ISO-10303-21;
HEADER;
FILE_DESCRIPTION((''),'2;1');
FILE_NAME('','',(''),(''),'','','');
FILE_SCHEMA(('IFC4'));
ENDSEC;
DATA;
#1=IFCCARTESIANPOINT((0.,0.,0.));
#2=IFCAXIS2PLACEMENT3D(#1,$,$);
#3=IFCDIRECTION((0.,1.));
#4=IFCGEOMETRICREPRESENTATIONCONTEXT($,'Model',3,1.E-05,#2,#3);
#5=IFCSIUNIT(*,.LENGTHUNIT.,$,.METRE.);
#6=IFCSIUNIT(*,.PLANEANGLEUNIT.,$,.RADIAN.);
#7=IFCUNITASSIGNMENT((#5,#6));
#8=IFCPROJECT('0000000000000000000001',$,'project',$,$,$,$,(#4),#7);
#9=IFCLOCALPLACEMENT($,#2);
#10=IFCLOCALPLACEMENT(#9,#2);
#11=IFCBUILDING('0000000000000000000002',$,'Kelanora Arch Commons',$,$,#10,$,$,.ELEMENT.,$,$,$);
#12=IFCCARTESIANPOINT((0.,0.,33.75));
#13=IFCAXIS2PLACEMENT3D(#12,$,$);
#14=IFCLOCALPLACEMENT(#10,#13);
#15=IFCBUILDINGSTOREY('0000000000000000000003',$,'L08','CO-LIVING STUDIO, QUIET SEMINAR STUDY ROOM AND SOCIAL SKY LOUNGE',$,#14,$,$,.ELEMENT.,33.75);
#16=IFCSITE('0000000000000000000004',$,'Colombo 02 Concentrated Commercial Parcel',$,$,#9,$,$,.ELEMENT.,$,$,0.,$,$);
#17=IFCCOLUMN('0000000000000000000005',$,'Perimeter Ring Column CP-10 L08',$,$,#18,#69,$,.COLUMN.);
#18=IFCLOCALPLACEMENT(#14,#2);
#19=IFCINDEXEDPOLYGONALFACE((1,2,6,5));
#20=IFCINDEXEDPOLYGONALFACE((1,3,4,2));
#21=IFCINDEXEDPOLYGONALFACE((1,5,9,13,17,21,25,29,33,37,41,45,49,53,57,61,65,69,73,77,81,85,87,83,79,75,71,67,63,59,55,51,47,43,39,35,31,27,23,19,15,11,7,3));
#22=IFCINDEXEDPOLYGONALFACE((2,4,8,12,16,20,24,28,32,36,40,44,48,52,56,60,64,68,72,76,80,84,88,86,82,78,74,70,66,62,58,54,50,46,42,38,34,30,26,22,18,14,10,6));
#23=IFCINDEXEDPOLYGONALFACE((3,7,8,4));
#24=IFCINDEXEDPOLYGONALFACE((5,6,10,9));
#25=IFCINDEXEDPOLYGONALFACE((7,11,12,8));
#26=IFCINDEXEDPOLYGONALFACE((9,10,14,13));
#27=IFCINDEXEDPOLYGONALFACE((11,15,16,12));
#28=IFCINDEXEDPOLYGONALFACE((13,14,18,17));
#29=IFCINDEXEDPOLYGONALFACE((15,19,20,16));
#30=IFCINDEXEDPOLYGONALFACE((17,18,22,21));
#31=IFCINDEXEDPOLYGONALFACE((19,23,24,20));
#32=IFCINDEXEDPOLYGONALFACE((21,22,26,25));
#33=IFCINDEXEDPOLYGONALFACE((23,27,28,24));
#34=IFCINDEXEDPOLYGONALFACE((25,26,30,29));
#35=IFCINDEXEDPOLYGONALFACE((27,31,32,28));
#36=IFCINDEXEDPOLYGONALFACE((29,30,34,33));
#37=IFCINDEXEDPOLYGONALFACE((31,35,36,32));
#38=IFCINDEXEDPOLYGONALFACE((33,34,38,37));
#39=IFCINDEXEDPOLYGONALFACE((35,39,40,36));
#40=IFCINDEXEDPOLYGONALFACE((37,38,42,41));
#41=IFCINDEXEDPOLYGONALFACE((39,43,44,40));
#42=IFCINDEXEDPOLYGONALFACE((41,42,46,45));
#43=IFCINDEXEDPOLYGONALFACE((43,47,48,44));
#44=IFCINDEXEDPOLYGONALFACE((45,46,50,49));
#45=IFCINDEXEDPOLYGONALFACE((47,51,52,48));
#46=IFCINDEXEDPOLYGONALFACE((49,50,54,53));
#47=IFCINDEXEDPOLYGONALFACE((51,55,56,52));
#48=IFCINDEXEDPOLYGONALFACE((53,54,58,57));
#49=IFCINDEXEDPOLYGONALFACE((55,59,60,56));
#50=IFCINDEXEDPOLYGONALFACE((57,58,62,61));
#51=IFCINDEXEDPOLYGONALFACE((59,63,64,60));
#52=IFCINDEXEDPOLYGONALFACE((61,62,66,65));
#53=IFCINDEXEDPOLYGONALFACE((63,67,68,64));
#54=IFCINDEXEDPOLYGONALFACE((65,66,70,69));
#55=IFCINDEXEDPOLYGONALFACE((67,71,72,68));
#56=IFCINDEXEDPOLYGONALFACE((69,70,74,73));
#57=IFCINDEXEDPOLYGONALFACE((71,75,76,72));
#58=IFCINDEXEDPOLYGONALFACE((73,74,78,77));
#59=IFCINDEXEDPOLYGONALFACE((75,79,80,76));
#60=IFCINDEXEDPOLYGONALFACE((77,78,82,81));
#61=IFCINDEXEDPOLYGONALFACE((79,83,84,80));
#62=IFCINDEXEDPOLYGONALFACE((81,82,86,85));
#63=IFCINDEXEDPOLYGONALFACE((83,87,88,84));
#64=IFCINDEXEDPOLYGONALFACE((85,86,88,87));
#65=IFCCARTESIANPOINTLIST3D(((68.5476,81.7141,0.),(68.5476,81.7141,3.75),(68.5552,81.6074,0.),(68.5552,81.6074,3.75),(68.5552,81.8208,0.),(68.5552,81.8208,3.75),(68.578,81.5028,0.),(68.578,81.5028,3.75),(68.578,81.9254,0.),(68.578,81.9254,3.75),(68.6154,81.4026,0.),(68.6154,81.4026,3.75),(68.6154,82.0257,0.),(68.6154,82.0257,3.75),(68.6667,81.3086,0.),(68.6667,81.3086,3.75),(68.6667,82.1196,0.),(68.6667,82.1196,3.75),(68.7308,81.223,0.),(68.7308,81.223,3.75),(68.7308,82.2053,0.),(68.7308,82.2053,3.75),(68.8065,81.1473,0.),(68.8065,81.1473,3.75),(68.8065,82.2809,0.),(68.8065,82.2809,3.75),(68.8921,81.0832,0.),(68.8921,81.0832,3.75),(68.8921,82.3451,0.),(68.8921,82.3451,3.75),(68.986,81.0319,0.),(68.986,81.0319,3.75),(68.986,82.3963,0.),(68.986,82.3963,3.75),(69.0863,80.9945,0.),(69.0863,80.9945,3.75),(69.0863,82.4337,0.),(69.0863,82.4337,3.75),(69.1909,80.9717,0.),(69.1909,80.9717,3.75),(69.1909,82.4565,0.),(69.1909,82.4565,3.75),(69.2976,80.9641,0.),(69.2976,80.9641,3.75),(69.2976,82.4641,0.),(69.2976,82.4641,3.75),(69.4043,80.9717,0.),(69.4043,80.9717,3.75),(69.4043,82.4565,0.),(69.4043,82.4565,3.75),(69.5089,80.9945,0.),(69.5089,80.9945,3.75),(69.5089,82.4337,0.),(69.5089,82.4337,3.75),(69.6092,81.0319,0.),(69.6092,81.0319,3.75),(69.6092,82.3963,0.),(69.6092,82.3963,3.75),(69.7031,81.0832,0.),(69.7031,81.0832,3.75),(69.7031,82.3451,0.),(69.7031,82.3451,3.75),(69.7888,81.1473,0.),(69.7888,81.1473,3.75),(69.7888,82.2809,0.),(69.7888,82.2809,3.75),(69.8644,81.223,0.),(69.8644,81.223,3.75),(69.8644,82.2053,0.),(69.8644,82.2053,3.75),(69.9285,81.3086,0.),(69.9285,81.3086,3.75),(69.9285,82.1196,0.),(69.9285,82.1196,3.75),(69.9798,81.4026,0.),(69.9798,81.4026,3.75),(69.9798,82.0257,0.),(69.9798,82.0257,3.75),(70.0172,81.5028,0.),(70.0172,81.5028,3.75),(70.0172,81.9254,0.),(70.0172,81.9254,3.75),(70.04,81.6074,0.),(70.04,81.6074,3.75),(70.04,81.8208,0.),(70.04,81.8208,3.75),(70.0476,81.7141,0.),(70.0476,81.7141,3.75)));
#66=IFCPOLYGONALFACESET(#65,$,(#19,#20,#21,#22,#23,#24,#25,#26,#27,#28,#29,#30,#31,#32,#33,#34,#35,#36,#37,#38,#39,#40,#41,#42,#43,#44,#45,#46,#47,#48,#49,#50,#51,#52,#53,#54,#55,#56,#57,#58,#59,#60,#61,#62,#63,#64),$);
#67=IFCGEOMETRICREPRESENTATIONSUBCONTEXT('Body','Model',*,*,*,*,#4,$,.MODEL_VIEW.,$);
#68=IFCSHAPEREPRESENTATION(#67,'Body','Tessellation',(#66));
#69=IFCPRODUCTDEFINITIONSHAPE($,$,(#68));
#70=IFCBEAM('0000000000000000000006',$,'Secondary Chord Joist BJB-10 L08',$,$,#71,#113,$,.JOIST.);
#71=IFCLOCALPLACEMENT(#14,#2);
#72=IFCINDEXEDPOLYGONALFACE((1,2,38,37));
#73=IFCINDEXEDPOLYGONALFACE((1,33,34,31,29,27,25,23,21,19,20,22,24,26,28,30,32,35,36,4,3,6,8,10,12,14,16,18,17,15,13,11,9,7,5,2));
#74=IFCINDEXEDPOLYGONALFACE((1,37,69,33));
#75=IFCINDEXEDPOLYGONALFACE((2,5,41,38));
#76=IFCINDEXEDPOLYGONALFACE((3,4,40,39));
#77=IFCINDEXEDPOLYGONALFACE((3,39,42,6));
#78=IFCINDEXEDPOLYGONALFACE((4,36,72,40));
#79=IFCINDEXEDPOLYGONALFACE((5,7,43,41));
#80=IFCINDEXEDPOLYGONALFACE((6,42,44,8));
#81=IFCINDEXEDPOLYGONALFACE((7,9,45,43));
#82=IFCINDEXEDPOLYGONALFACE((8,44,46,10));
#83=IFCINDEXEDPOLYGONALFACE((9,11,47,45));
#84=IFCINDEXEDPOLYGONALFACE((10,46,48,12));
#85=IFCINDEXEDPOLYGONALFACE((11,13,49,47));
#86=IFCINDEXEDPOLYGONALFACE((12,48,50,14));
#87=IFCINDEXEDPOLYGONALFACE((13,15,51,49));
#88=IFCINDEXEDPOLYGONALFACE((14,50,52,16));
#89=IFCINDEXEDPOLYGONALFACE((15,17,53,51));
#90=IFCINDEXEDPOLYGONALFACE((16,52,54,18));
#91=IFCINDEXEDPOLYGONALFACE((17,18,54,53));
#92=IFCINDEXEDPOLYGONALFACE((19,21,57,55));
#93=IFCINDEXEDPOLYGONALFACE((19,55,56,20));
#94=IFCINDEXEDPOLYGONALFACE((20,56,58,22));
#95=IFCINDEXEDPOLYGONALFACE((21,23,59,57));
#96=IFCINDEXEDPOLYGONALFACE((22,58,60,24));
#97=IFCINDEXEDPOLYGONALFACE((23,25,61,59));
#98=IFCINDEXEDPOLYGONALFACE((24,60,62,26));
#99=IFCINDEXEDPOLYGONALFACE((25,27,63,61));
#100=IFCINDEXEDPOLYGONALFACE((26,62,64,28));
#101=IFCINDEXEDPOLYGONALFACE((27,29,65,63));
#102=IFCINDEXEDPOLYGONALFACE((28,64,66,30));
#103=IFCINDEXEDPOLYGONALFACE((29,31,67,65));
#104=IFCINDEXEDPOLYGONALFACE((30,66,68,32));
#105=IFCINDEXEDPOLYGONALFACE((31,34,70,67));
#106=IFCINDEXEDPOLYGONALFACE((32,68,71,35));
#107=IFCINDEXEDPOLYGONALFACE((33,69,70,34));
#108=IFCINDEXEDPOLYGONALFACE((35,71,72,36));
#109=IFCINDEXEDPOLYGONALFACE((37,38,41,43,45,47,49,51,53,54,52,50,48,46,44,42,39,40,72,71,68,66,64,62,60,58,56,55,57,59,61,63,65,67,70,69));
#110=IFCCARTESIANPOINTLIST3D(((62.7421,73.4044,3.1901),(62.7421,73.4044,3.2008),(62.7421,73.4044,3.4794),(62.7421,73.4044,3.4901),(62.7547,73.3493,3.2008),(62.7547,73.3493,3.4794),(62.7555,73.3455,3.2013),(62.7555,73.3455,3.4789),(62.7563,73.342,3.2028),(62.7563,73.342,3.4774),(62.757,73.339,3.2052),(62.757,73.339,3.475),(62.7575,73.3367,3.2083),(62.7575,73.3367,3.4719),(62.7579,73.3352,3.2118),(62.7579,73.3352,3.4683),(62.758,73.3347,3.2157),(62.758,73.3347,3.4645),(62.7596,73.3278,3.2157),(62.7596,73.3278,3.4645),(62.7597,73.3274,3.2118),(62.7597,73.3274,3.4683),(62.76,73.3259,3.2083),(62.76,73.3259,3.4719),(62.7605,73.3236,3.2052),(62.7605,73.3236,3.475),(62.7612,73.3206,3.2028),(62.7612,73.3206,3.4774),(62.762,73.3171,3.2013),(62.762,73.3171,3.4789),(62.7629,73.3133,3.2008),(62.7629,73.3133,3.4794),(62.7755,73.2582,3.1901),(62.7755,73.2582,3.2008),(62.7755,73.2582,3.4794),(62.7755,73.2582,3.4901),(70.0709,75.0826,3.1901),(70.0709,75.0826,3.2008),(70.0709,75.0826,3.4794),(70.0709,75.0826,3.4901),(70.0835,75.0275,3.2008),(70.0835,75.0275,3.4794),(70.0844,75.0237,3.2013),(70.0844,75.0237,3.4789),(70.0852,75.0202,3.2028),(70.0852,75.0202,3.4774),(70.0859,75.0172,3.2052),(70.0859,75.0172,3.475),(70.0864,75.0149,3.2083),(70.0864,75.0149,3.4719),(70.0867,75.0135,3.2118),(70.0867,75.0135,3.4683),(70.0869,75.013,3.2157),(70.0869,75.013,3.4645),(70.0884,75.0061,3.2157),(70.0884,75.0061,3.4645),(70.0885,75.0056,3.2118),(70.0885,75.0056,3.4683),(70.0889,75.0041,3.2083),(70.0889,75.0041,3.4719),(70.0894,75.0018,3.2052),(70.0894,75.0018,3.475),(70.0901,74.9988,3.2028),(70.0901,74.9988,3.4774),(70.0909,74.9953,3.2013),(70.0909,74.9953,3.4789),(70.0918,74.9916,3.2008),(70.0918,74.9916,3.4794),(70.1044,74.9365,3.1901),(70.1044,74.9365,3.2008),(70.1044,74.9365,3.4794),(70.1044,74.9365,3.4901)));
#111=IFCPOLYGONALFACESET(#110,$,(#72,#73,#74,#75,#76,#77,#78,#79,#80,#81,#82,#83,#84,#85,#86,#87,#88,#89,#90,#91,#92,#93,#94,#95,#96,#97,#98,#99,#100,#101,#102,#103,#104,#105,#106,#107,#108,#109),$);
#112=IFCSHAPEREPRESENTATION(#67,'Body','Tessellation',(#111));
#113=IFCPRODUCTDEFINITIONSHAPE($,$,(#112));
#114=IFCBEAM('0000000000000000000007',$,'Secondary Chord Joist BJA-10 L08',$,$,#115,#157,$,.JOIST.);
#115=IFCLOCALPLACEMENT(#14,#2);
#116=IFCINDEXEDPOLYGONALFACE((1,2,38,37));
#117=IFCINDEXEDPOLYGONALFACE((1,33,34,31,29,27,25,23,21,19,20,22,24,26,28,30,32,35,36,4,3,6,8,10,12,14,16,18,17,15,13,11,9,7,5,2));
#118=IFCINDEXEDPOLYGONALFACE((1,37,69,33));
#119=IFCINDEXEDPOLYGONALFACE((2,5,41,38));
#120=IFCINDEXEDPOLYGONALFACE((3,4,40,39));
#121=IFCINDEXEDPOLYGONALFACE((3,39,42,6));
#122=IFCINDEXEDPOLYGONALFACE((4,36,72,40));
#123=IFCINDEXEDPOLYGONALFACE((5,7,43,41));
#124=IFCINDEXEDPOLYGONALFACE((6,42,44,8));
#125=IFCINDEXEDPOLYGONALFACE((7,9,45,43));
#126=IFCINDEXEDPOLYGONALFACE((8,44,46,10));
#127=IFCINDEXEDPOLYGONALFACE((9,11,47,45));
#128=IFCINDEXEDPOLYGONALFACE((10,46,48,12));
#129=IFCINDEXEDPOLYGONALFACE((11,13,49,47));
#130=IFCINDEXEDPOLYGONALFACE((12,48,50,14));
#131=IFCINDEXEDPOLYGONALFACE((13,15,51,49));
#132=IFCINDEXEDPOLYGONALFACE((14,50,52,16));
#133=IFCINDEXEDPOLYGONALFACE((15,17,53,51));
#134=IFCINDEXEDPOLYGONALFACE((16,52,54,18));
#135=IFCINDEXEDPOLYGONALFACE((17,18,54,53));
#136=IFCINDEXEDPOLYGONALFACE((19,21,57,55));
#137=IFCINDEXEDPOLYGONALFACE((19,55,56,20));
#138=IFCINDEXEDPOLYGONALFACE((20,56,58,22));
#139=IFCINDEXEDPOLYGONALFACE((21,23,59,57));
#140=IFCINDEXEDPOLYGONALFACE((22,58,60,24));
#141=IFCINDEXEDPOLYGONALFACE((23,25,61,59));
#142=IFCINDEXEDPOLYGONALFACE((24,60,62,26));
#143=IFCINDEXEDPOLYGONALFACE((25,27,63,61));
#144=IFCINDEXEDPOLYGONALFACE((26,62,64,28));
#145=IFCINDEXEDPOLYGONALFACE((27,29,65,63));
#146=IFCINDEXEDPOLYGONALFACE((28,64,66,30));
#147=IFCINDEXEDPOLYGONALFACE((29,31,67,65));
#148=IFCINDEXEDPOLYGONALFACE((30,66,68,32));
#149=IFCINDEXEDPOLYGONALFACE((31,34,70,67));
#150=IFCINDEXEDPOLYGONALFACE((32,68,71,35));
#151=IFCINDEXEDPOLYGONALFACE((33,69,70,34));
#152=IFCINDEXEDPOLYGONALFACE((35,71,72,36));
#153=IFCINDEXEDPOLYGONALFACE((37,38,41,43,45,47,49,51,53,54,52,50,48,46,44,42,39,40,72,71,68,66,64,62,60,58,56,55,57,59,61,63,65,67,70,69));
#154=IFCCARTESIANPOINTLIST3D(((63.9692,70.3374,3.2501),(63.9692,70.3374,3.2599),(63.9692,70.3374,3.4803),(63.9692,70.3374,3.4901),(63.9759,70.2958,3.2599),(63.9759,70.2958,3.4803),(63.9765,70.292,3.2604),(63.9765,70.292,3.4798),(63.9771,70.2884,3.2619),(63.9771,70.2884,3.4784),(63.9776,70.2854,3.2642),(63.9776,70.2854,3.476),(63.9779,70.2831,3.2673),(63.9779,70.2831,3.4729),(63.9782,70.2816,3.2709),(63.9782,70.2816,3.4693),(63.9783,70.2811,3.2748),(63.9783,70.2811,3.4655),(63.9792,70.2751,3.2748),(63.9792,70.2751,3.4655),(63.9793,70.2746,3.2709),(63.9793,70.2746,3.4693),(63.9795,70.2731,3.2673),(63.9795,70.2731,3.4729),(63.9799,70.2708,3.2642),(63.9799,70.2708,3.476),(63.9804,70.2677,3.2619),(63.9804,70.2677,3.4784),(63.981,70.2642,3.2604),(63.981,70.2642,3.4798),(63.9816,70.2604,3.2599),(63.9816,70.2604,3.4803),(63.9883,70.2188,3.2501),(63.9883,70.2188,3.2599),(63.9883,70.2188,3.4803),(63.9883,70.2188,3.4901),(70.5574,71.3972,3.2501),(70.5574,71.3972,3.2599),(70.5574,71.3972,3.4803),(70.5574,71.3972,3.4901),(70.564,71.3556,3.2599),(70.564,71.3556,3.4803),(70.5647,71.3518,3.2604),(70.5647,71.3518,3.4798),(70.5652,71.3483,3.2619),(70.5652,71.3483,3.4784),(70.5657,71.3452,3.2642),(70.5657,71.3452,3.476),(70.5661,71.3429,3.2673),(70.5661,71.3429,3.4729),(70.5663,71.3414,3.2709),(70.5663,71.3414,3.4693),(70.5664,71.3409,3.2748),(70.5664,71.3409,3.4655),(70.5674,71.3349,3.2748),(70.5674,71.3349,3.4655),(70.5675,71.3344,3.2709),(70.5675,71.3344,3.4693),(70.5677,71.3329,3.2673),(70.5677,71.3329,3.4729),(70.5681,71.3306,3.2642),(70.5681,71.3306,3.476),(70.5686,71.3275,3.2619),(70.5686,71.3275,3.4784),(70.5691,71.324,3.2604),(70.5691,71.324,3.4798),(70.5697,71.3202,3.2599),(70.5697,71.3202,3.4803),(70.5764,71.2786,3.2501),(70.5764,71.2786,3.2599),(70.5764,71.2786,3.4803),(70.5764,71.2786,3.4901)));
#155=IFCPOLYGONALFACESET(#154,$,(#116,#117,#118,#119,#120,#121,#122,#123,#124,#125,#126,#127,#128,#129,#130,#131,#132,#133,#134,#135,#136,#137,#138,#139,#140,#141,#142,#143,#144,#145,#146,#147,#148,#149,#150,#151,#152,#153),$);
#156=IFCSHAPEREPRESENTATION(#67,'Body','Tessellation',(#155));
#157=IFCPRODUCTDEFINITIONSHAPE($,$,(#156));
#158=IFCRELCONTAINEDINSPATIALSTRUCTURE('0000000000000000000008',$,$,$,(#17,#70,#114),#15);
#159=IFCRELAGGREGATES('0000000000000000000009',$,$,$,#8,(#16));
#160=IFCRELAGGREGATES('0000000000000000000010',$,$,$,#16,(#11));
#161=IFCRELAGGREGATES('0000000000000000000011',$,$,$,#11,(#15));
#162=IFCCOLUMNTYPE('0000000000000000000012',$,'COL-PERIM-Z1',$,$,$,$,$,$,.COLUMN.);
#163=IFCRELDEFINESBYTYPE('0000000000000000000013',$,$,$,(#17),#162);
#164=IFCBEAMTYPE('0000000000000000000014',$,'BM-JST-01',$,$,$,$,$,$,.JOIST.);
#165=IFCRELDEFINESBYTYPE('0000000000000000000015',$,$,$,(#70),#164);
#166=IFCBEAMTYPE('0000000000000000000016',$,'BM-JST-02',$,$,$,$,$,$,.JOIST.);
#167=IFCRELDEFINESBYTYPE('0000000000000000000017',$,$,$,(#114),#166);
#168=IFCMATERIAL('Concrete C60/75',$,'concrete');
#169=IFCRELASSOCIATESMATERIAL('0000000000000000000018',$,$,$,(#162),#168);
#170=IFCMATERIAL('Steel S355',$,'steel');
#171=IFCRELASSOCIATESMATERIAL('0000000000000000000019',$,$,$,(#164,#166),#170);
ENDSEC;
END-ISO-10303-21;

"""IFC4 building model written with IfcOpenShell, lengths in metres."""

from ifc_helpers import new_model, si_unit, direction, frame, origin, origin_2d, place, context, subcontext, project, spatial, circle, i_section, extrude, material, material_profile, profile_set, type_object, element, save


model = new_model("IFC4")

# Units and contexts
model_context = context("Model", 3, precision=1e-05, world=origin(), true_north=direction((0.0, 1.0)))
body_context = subcontext(model_context, "Body", "Model", "MODEL_VIEW")
ifc_project = project(units=[si_unit("LENGTHUNIT", "METRE"), si_unit("PLANEANGLEUNIT", "RADIAN")], contexts=[model_context])

# Site, building, storey
site_placement = place(None, origin())
site = spatial("IfcSite", under=ifc_project, at=site_placement, Name="Colombo 02 Concentrated Commercial Parcel", CompositionType="ELEMENT", RefElevation=0.0)
building_placement = place(site_placement, origin())
building = spatial("IfcBuilding", under=site, at=building_placement, Name="Kelanora Arch Commons", CompositionType="ELEMENT")
storey_placement = place(building_placement, frame((0.0, 0.0, 33.75)))
storey = spatial("IfcBuildingStorey", under=building, at=storey_placement, Name="L08", Description="CO-LIVING STUDIO, QUIET SEMINAR STUDY ROOM AND SOCIAL SKY LOUNGE", CompositionType="ELEMENT", Elevation=33.75)

# Column
ifc_material_1 = material(Name="Concrete C60/75", Category="concrete")
ifc_material_profile_1 = material_profile(ifc_material_1, circle(Radius=0.75, at=origin_2d()), Name="RCC1500")
ifc_profile_set_1 = profile_set([ifc_material_profile_1], Name="Concrete C60/75")
column_type = type_object("IfcColumnType", Name="COL-PERIM-Z1", PredefinedType="COLUMN", material=ifc_profile_set_1)
column_placement = place(storey_placement, frame((69.2976, 81.7141, 0.0), z_axis=(0.0, 0.0, 1.0), x_axis=(1.0, 0.0, 0.0)))
element("IfcColumn", 1, at=column_placement, inside=storey, type_object=column_type, Name="Perimeter Ring Column CP-10 L08", PredefinedType="COLUMN", context=body_context, shape_type="SweptSolid", body=[
    extrude(circle(Radius=0.75, at=origin_2d()), origin(), (0.0, 0.0, 1.0), 3.75),
])

# Beams
ifc_material_2 = material(Name="Steel S355", Category="steel")
ifc_material_profile_2 = material_profile(ifc_material_2, i_section(OverallWidth=0.1499, OverallDepth=0.3, WebThickness=0.0071, FlangeThickness=0.0107, FilletRadius=0.0149, at=origin_2d()), Name="IPE300")
ifc_profile_set_2 = profile_set([ifc_material_profile_2], Name="Steel S355")
beam_type_1 = type_object("IfcBeamType", Name="BM-JST-01", PredefinedType="JOIST", material=ifc_profile_set_2)
beam_1_placement = place(storey_placement, frame((70.0876, 75.0095, 3.3401), z_axis=(-0.97477, -0.223211, 0.0), x_axis=(0.223211, -0.97477, 0.0)))
element("IfcBeam", 2, at=beam_1_placement, inside=storey, type_object=beam_type_1, Name="Secondary Chord Joist BJB-10 L08", PredefinedType="JOIST", context=body_context, shape_type="SweptSolid", body=[
    extrude(i_section(OverallWidth=0.1499, OverallDepth=0.3, WebThickness=0.0071, FlangeThickness=0.0107, FilletRadius=0.0149, at=origin_2d()), origin(), (0.0, 0.0, 1.0), 7.5186),
])
ifc_material_profile_3 = material_profile(ifc_material_2, i_section(OverallWidth=0.1201, OverallDepth=0.24, WebThickness=0.0061, FlangeThickness=0.0098, FilletRadius=0.0149, at=origin_2d()), Name="IPE240")
ifc_profile_set_3 = profile_set([ifc_material_profile_3], Name="Steel S355")
beam_type_2 = type_object("IfcBeamType", Name="BM-JST-02", PredefinedType="JOIST", material=ifc_profile_set_3)
beam_2_placement = place(storey_placement, frame((70.5669, 71.3379, 3.3701), z_axis=(-0.987307, -0.158825, 0.0), x_axis=(0.158825, -0.987307, 0.0)))
element("IfcBeam", 3, at=beam_2_placement, inside=storey, type_object=beam_type_2, Name="Secondary Chord Joist BJA-10 L08", PredefinedType="JOIST", context=body_context, shape_type="SweptSolid", body=[
    extrude(i_section(OverallWidth=0.1201, OverallDepth=0.24, WebThickness=0.0061, FlangeThickness=0.0098, FilletRadius=0.0149, at=origin_2d()), origin(), (0.0, 0.0, 1.0), 6.6729),
])

save(model, "model.ifc")
